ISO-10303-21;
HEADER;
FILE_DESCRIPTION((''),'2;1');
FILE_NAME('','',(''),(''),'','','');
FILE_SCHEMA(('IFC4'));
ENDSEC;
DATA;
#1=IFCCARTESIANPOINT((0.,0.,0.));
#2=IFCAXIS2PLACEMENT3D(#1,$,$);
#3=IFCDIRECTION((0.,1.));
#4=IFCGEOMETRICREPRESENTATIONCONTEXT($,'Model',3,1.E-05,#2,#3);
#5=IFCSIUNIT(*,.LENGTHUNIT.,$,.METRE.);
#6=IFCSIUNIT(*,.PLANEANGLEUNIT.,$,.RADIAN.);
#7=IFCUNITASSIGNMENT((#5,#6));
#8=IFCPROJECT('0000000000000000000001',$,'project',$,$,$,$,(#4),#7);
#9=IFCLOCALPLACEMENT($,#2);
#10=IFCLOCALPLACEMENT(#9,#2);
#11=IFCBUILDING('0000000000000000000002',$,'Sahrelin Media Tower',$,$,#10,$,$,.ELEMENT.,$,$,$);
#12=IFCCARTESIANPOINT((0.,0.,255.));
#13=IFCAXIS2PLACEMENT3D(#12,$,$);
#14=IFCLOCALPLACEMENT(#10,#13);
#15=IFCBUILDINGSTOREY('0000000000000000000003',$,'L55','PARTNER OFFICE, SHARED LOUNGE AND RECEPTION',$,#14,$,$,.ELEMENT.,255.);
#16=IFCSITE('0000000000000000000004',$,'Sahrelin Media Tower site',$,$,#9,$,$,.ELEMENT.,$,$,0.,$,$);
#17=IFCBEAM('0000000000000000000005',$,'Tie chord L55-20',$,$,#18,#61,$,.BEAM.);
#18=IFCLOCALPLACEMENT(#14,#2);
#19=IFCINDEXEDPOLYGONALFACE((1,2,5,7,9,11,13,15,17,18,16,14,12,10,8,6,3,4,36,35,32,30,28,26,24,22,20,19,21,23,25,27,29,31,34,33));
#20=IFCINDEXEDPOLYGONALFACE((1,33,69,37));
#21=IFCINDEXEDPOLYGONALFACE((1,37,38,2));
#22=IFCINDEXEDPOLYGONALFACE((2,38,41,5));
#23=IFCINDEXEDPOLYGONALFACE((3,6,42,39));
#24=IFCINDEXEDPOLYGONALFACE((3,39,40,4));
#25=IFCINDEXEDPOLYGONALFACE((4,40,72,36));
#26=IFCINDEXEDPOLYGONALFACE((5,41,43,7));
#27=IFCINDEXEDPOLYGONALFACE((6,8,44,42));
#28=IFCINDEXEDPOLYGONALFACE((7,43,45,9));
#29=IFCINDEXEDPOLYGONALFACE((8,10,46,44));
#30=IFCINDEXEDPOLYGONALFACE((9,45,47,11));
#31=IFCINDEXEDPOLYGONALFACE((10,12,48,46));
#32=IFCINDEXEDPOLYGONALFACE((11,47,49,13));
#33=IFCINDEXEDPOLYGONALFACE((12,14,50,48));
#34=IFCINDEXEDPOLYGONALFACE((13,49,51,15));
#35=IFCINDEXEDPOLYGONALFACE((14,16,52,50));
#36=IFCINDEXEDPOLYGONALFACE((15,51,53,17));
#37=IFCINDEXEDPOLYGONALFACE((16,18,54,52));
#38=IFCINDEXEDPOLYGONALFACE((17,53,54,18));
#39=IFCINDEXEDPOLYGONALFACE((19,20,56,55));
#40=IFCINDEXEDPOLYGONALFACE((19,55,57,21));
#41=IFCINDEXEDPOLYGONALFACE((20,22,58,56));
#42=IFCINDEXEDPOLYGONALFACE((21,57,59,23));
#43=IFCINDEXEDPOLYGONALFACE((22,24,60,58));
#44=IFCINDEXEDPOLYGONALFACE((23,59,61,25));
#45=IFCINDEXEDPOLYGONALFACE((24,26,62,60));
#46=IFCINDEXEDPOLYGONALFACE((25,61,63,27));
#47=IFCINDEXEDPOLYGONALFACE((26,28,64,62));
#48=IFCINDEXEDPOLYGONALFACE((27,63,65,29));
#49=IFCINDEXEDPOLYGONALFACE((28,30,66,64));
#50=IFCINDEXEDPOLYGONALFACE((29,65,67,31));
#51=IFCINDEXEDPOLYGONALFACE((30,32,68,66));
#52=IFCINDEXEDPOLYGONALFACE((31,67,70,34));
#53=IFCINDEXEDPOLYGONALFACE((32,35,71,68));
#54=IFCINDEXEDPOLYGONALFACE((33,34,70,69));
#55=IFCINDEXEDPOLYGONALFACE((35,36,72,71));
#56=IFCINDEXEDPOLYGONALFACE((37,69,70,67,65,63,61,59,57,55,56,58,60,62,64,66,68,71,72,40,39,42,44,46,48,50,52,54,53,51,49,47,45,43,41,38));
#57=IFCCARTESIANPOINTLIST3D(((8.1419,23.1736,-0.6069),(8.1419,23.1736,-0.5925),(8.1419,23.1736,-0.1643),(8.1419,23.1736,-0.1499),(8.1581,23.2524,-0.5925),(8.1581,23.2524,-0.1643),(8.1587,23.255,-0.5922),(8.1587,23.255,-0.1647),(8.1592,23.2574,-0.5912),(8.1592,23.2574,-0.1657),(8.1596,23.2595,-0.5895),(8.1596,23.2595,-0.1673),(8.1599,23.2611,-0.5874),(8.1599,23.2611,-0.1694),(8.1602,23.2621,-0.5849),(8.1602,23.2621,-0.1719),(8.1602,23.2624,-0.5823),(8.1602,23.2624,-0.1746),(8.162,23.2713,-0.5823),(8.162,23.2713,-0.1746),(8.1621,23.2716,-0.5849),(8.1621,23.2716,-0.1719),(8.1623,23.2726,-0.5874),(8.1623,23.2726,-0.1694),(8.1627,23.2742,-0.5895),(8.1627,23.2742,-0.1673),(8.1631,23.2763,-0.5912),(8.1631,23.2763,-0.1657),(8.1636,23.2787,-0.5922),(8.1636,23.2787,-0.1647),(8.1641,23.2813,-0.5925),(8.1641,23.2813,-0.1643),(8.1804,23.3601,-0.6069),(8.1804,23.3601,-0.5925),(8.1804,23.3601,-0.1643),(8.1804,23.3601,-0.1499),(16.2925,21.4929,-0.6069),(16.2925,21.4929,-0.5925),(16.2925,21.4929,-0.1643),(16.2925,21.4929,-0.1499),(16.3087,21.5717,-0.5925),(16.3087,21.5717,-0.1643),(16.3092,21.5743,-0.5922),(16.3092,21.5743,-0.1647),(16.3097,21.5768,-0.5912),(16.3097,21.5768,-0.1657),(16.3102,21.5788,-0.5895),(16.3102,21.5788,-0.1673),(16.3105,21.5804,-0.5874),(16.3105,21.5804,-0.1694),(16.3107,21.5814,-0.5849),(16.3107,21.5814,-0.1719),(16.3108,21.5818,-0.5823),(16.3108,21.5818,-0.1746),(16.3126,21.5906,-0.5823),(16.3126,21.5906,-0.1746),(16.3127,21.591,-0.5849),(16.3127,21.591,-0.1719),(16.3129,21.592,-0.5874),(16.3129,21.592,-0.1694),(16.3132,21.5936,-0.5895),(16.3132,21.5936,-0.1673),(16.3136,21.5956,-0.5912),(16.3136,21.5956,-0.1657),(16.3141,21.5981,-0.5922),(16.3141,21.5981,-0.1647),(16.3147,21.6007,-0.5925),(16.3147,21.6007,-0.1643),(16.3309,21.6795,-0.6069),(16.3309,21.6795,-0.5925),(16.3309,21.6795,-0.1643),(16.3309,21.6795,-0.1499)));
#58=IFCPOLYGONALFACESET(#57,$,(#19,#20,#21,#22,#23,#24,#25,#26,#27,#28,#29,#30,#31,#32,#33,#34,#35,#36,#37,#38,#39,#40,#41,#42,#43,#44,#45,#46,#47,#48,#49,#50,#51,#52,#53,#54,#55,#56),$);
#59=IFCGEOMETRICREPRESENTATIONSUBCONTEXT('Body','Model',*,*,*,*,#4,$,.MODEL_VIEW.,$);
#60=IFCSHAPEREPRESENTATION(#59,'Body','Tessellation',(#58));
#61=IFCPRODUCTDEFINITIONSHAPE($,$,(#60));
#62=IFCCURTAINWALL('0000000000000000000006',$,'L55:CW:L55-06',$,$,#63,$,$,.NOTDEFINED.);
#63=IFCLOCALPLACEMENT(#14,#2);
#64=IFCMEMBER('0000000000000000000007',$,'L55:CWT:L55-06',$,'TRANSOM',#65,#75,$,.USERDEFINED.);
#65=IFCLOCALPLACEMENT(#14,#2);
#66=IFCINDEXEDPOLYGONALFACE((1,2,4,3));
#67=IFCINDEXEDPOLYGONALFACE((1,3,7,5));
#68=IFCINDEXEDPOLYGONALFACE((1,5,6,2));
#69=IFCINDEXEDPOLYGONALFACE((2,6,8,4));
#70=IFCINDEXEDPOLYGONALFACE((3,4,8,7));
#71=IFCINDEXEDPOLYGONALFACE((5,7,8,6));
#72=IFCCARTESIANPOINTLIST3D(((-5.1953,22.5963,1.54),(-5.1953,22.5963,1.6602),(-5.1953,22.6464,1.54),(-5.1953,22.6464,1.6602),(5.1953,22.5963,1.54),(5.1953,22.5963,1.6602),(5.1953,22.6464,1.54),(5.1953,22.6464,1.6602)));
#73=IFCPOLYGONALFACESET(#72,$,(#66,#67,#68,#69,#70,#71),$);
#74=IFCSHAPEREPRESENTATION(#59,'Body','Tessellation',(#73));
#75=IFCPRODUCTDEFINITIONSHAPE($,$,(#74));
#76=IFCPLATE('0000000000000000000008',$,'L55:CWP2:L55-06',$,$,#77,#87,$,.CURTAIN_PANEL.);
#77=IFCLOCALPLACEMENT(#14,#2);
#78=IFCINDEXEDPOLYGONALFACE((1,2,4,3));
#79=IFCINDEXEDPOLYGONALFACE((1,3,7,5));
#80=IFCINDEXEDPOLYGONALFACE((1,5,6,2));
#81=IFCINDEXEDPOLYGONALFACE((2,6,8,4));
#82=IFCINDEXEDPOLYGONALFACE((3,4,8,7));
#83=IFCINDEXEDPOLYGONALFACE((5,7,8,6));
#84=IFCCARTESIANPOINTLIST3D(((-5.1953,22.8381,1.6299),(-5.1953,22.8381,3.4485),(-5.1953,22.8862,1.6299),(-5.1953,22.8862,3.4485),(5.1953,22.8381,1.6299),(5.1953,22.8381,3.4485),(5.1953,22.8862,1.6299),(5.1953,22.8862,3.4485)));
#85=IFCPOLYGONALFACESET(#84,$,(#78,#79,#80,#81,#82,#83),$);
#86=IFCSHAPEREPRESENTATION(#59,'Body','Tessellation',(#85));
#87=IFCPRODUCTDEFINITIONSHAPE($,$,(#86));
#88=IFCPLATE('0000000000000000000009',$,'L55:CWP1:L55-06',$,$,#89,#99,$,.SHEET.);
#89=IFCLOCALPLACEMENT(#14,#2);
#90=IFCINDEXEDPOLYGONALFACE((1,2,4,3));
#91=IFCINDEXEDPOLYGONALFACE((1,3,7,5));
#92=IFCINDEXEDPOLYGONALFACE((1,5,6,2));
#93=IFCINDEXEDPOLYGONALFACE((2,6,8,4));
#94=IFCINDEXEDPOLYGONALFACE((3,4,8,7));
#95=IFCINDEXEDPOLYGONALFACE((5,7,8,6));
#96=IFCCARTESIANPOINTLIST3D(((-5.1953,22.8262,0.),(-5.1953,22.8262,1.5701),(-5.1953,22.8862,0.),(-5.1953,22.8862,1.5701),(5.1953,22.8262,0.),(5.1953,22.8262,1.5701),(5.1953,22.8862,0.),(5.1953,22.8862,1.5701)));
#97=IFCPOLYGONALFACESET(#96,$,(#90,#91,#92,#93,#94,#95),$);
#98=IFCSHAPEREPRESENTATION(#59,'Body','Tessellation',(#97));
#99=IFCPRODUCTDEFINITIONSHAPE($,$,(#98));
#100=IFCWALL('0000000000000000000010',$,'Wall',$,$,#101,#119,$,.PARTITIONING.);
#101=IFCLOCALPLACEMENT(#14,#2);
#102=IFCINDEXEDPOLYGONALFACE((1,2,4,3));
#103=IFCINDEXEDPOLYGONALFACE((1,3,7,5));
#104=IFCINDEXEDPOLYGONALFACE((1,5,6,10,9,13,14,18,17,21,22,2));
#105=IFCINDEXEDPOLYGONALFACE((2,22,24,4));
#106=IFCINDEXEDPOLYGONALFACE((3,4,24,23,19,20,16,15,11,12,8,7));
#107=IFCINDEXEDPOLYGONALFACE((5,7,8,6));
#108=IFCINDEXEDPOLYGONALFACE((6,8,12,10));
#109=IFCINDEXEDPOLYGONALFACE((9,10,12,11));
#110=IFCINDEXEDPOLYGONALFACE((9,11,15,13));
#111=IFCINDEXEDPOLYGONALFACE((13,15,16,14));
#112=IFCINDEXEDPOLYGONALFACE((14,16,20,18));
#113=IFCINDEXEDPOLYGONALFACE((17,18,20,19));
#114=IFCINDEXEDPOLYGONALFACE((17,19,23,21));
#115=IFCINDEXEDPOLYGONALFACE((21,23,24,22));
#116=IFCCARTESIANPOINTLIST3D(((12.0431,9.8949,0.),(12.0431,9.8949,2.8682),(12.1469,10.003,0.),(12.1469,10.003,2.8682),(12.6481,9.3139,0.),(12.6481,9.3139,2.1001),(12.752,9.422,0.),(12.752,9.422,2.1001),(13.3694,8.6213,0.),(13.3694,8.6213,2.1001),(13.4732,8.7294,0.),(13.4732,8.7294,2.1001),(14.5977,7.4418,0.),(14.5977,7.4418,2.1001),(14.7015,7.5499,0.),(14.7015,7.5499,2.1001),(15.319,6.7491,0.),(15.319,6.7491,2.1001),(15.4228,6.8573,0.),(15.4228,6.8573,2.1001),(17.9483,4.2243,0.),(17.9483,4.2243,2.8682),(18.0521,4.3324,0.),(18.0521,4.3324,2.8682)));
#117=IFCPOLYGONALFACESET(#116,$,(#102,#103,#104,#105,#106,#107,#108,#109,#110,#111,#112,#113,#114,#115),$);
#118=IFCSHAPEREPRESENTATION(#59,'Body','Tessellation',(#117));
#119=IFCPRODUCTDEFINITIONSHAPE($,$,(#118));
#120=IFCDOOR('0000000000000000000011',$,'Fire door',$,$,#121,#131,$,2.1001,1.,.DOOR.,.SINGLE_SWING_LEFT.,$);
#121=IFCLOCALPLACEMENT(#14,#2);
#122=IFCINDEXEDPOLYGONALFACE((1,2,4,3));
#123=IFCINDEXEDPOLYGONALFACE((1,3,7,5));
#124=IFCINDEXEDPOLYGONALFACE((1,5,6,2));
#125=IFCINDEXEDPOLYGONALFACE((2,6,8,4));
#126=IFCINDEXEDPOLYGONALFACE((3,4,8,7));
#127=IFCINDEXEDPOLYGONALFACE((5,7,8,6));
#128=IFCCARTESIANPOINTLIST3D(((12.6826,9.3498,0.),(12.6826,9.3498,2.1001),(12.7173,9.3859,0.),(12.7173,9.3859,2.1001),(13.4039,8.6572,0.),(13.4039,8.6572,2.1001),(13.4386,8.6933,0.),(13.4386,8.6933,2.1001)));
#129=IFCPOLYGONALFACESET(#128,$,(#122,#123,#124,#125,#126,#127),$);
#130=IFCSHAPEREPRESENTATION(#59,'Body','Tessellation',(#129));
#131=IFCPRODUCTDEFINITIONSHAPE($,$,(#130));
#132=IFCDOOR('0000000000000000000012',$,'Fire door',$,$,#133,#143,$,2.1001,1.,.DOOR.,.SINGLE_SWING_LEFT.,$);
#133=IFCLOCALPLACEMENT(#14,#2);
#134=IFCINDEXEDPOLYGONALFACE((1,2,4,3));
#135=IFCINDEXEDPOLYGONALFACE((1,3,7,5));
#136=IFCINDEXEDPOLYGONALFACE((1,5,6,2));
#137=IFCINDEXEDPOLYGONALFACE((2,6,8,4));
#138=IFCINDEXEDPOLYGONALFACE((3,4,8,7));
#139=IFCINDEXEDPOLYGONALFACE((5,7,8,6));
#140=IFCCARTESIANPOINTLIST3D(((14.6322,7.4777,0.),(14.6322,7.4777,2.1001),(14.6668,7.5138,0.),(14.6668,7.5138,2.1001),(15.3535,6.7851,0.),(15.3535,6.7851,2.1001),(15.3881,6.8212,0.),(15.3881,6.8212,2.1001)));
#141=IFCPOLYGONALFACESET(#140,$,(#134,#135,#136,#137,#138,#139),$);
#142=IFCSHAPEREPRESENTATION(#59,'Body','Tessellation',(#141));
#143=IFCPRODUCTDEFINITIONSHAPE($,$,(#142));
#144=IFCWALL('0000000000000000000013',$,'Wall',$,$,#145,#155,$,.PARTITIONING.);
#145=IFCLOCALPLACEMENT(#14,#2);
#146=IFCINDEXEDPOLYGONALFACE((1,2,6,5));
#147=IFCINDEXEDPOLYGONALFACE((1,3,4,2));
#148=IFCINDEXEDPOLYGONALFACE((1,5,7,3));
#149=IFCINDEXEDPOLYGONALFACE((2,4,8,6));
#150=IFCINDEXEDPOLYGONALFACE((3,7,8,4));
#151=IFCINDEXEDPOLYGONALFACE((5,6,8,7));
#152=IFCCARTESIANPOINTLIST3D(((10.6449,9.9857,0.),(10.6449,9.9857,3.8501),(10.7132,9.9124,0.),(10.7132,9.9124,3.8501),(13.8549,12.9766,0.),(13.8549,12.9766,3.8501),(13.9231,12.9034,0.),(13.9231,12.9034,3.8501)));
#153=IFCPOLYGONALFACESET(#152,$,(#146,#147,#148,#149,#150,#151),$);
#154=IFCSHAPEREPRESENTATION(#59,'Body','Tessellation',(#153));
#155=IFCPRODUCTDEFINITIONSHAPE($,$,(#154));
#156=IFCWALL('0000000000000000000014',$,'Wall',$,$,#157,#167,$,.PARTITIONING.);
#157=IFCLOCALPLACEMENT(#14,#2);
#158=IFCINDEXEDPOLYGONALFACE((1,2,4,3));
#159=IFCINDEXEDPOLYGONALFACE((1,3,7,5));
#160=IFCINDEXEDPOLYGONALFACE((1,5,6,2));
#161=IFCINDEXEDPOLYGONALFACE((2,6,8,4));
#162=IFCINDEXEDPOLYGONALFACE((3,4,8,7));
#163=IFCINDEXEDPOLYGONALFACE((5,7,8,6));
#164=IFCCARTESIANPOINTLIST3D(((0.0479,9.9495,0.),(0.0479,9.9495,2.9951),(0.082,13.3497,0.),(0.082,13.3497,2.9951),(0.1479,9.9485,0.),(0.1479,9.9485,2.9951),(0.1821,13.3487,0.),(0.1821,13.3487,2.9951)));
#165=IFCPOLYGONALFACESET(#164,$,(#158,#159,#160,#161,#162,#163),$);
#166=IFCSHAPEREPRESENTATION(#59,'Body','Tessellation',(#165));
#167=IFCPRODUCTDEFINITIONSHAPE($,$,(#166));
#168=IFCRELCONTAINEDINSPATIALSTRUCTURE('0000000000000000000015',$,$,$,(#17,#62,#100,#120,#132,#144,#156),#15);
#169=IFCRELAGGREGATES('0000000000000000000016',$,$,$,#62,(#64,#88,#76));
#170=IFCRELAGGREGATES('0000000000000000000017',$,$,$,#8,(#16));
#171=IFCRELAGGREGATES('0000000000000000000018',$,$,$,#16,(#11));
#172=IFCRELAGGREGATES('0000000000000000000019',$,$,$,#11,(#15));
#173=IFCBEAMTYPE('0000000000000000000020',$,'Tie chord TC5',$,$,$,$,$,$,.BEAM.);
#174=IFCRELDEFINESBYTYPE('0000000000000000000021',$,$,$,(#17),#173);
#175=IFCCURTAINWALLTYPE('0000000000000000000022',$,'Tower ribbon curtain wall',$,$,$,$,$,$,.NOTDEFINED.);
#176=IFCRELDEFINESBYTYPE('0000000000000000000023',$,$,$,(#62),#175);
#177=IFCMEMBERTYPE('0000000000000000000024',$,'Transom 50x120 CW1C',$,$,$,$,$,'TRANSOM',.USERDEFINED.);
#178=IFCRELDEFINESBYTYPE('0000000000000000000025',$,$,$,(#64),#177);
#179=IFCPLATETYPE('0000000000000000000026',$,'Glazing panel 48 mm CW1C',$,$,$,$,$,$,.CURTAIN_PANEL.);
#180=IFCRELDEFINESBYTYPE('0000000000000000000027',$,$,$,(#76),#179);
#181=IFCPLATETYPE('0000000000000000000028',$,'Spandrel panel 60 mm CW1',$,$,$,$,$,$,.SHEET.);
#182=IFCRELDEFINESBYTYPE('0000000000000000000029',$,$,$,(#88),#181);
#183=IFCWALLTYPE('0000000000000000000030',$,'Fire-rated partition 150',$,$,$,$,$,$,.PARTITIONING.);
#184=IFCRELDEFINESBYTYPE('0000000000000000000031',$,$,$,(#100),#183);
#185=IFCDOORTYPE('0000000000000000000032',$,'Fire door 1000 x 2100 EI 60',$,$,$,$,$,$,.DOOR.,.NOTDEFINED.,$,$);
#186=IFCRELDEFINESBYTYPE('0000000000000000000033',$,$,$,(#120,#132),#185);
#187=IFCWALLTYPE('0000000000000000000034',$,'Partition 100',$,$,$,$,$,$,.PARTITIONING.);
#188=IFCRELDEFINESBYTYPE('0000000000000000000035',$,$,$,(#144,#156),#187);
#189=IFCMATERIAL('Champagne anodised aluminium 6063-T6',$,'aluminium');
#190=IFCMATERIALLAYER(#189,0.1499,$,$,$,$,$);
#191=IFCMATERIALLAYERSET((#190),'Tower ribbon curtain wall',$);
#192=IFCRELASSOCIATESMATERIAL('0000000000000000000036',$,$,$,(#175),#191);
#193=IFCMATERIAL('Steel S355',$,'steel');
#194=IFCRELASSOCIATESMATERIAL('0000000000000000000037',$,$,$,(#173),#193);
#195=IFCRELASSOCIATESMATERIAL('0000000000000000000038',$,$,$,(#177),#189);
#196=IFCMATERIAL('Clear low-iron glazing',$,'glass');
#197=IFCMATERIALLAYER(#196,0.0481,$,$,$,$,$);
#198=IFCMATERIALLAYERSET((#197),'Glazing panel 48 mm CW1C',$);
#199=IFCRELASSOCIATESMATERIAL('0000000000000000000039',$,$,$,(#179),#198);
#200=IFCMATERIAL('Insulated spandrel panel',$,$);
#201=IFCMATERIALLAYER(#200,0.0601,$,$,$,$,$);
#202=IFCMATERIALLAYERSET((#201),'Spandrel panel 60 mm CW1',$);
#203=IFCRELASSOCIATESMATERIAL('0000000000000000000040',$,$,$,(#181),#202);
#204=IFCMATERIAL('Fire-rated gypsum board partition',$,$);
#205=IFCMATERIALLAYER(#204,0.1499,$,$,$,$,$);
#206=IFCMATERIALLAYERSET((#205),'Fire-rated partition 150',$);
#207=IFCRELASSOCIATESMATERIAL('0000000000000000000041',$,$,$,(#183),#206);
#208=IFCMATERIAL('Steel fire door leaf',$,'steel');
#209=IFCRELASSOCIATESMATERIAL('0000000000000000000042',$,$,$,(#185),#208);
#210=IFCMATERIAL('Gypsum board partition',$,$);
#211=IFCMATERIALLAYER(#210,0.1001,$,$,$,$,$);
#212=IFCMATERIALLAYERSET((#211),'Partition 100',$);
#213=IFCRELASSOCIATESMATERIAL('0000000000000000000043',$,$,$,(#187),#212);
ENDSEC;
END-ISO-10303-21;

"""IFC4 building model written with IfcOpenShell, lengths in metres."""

from ifc_helpers import new_model, si_unit, direction, frame, frame_2d, origin, origin_2d, place, context, subcontext, project, spatial, polyline, rectangle, i_section, outline, extrude, material, layer, layer_set, material_profile, profile_set, type_object, element, fill, aggregate, save


model = new_model("IFC4")

# Units and contexts
model_context = context("Model", 3, precision=1e-05, world=origin(), true_north=direction((0.0, 1.0)))
body_context = subcontext(model_context, "Body", "Model", "MODEL_VIEW")
ifc_project = project(units=[si_unit("LENGTHUNIT", "METRE"), si_unit("PLANEANGLEUNIT", "RADIAN")], contexts=[model_context])

# Site, building, storey
site_placement = place(None, origin())
site = spatial("IfcSite", under=ifc_project, at=site_placement, Name="Sahrelin Media Tower site", CompositionType="ELEMENT", RefElevation=0.0)
building_placement = place(site_placement, origin())
building = spatial("IfcBuilding", under=site, at=building_placement, Name="Sahrelin Media Tower", CompositionType="ELEMENT")
storey_placement = place(building_placement, frame((0.0, 0.0, 255.0)))
storey = spatial("IfcBuildingStorey", under=building, at=storey_placement, Name="L55", Description="PARTNER OFFICE, SHARED LOUNGE AND RECEPTION", CompositionType="ELEMENT", Elevation=255.0)

# Shared definitions
ifc_material_1 = material(Name="Steel S355", Category="steel")

# Shared definitions
ifc_material_2 = material(Name="Champagne anodised aluminium 6063-T6", Category="aluminium")
ifc_layer_1 = layer(ifc_material_2, 0.1499)
ifc_layer_set_1 = layer_set([ifc_layer_1], Name="Tower ribbon curtain wall")
curtain_wall_type = type_object("IfcCurtainWallType", Name="Tower ribbon curtain wall", PredefinedType="NOTDEFINED", material=ifc_layer_set_1)

# Beam
ifc_material_profile_1 = material_profile(ifc_material_1, i_section(OverallWidth=0.1904, OverallDepth=0.457, WebThickness=0.009, FlangeThickness=0.0144, FilletRadius=0.0103, at=origin_2d()), Name="UB 457x191x74")
ifc_profile_set_1 = profile_set([ifc_material_profile_1], Name="Steel S355")
beam_type_1 = type_object("IfcBeamType", Name="Tie chord TC5", PredefinedType="BEAM", material=ifc_profile_set_1)
beam_1_placement = place(storey_placement, frame((8.1611, 23.2668, -0.3784), z_axis=(0.979395, -0.201952, 0.0), x_axis=(0.201952, 0.979395, 0.0)))
element("IfcBeam", 1, at=beam_1_placement, inside=storey, type_object=beam_type_1, Name="Tie chord L55-20", PredefinedType="BEAM", context=body_context, shape_type="SweptSolid", body=[
    extrude(i_section(OverallWidth=0.1904, OverallDepth=0.457, WebThickness=0.009, FlangeThickness=0.0144, FilletRadius=0.0103, at=origin_2d()), origin(), (0.0, 0.0, 1.0), 8.322),
])

# Curtain wall, member, plates
placement_1 = place(storey_placement, frame((0.0, 22.8662, 0.0), z_axis=(0.0, 0.0, 1.0), x_axis=(1.0, 0.0, 0.0)))
curtain_wall_1 = element("IfcCurtainWall", 2, at=placement_1, inside=storey, type_object=curtain_wall_type, Name="L55:CW:L55-06", PredefinedType="NOTDEFINED")
ifc_material_profile_2 = material_profile(ifc_material_2, rectangle(XDim=0.05, YDim=0.1201, at=origin_2d()), Name="Transom 50x120")
ifc_profile_set_2 = profile_set([ifc_material_profile_2], Name="Champagne anodised aluminium 6063-T6")
member_type_1 = type_object("IfcMemberType", Name="Transom 50x120 CW1C", ElementType="TRANSOM", PredefinedType="USERDEFINED", material=ifc_profile_set_2)
member_1_placement = place(storey_placement, frame((5.1953, 22.6213, 1.6001), z_axis=(-1.0, 0.0, 0.0), x_axis=(0.0, -1.0, 0.0)))
member_1 = element("IfcMember", 3, at=member_1_placement, type_object=member_type_1, Name="L55:CWT:L55-06", ObjectType="TRANSOM", PredefinedType="USERDEFINED", context=body_context, shape_type="SweptSolid", body=[
    extrude(rectangle(XDim=0.05, YDim=0.1201, at=origin_2d()), origin(), (0.0, 0.0, 1.0), 10.3906),
])
ifc_material_3 = material(Name="Clear low-iron glazing", Category="glass")
ifc_layer_2 = layer(ifc_material_3, 0.0481)
ifc_layer_set_2 = layer_set([ifc_layer_2], Name="Glazing panel 48 mm CW1C")
plate_type_1 = type_object("IfcPlateType", Name="Glazing panel 48 mm CW1C", PredefinedType="CURTAIN_PANEL", material=ifc_layer_set_2)
plate_1_placement = place(storey_placement, frame((5.1953, 22.8862, 1.6299), z_axis=(0.0, 1.0, 0.0), x_axis=(-1.0, 0.0, 0.0)))
plate_1 = element("IfcPlate", 4, at=plate_1_placement, type_object=plate_type_1, Name="L55:CWP2:L55-06", PredefinedType="CURTAIN_PANEL", context=body_context, shape_type="SweptSolid", body=[
    extrude(outline(polyline([(0.0, 0.0), (10.3906, 0.0), (10.3906, 1.8186), (0.0, 1.8186), (0.0, 0.0)])), origin(), (0.0, 0.0, -1.0), 0.0481),
])
ifc_material_4 = material(Name="Insulated spandrel panel")
ifc_layer_3 = layer(ifc_material_4, 0.0601)
ifc_layer_set_3 = layer_set([ifc_layer_3], Name="Spandrel panel 60 mm CW1")
plate_type_2 = type_object("IfcPlateType", Name="Spandrel panel 60 mm CW1", PredefinedType="SHEET", material=ifc_layer_set_3)
plate_2_placement = place(storey_placement, frame((5.1953, 22.8862, 0.0), z_axis=(0.0, 1.0, 0.0), x_axis=(-1.0, 0.0, 0.0)))
plate_2 = element("IfcPlate", 5, at=plate_2_placement, type_object=plate_type_2, Name="L55:CWP1:L55-06", PredefinedType="SHEET", context=body_context, shape_type="SweptSolid", body=[
    extrude(outline(polyline([(0.0, 0.0), (10.3906, 0.0), (10.3906, 1.5701), (0.0, 1.5701), (0.0, 0.0)])), origin(), (0.0, 0.0, -1.0), 0.0601),
])
aggregate(curtain_wall_1, [member_1, plate_2, plate_1])

# Wall, openings, doors
ifc_material_5 = material(Name="Fire-rated gypsum board partition")
ifc_layer_4 = layer(ifc_material_5, 0.1499)
ifc_layer_set_4 = layer_set([ifc_layer_4], Name="Fire-rated partition 150")
wall_type_1 = type_object("IfcWallType", Name="Fire-rated partition 150", PredefinedType="PARTITIONING", material=ifc_layer_set_4)
wall_1_placement = place(storey_placement, frame((12.095, 9.949, 0.0), z_axis=(0.0, 0.0, 1.0), x_axis=(0.72129, -0.692633, 0.0)))
wall_1 = element("IfcWall", 6, at=wall_1_placement, inside=storey, type_object=wall_type_1, Name="Wall", PredefinedType="PARTITIONING", context=body_context, shape_type="SweptSolid", body=[
    extrude(rectangle(XDim=8.187, YDim=0.1499, at=frame_2d((4.0935, 0.0))), origin(), (0.0, 0.0, 1.0), 2.8682),
])
opening_1_placement = place(wall_1_placement, frame((0.8389, 0.0, 0.0)))
opening_1 = element("IfcOpeningElement", 7, at=opening_1_placement, cuts=wall_1, PredefinedType="OPENING", context=body_context, shape_type="SweptSolid", body=[
    extrude(rectangle(XDim=1.0, YDim=2.1001, at=frame_2d((0.5, 1.05))), frame((0.0, 0.075, 0.0), z_axis=(0.0, -1.0, 0.0), x_axis=(1.0, 0.0, 0.0)), (0.0, 0.0, 1.0), 0.1499),
])
opening_2_placement = place(wall_1_placement, frame((3.5417, 0.0, 0.0)))
opening_2 = element("IfcOpeningElement", 8, at=opening_2_placement, cuts=wall_1, PredefinedType="OPENING", context=body_context, shape_type="SweptSolid", body=[
    extrude(rectangle(XDim=1.0, YDim=2.1001, at=frame_2d((0.5, 1.05))), frame((0.0, 0.075, 0.0), z_axis=(0.0, -1.0, 0.0), x_axis=(1.0, 0.0, 0.0)), (0.0, 0.0, 1.0), 0.1499),
])
ifc_material_6 = material(Name="Steel fire door leaf", Category="steel")
door_type = type_object("IfcDoorType", Name="Fire door 1000 x 2100 EI 60", OperationType="NOTDEFINED", PredefinedType="DOOR", material=ifc_material_6)
door_1_placement = place(opening_1_placement, origin())
door_1 = element("IfcDoor", 9, at=door_1_placement, inside=storey, type_object=door_type, Name="Fire door", OperationType="SINGLE_SWING_LEFT", OverallHeight=2.1001, OverallWidth=1.0, PredefinedType="DOOR", context=body_context, shape_type="SweptSolid", body=[
    extrude(rectangle(XDim=1.0, YDim=2.1001, at=frame_2d((0.5, 1.05))), frame((0.0, 0.0249, 0.0), z_axis=(0.0, -1.0, 0.0), x_axis=(1.0, 0.0, 0.0)), (0.0, 0.0, 1.0), 0.05),
])
fill(opening_1, door_1)
door_2_placement = place(opening_2_placement, origin())
door_2 = element("IfcDoor", 10, at=door_2_placement, inside=storey, type_object=door_type, Name="Fire door", OperationType="SINGLE_SWING_LEFT", OverallHeight=2.1001, OverallWidth=1.0, PredefinedType="DOOR", context=body_context, shape_type="SweptSolid", body=[
    extrude(rectangle(XDim=1.0, YDim=2.1001, at=frame_2d((0.5, 1.05))), frame((0.0, 0.0249, 0.0), z_axis=(0.0, -1.0, 0.0), x_axis=(1.0, 0.0, 0.0)), (0.0, 0.0, 1.0), 0.05),
])
fill(opening_2, door_2)

# Walls
ifc_material_7 = material(Name="Gypsum board partition")
ifc_layer_5 = layer(ifc_material_7, 0.1001)
ifc_layer_set_5 = layer_set([ifc_layer_5], Name="Partition 100")
wall_type_2 = type_object("IfcWallType", Name="Partition 100", PredefinedType="PARTITIONING", material=ifc_layer_set_5)
wall_2_placement = place(storey_placement, frame((10.679, 9.949, 0.0), z_axis=(0.0, 0.0, 1.0), x_axis=(0.731623, 0.681709, 0.0)))
element("IfcWall", 11, at=wall_2_placement, inside=storey, type_object=wall_type_2, Name="Wall", PredefinedType="PARTITIONING", context=body_context, shape_type="SweptSolid", body=[
    extrude(rectangle(XDim=4.3875, YDim=0.1001, at=frame_2d((2.1938, 0.0))), origin(), (0.0, 0.0, 1.0), 3.8501),
])
wall_3_placement = place(storey_placement, frame((0.0979, 9.949, 0.0), z_axis=(0.0, 0.0, 1.0), x_axis=(0.010052, 0.999949, 0.0)))
element("IfcWall", 12, at=wall_3_placement, inside=storey, type_object=wall_type_2, Name="Wall", PredefinedType="PARTITIONING", context=body_context, shape_type="SweptSolid", body=[
    extrude(rectangle(XDim=3.4004, YDim=0.1001, at=frame_2d((1.7002, 0.0))), origin(), (0.0, 0.0, 1.0), 2.9951),
])

save(model, "model.ifc")
